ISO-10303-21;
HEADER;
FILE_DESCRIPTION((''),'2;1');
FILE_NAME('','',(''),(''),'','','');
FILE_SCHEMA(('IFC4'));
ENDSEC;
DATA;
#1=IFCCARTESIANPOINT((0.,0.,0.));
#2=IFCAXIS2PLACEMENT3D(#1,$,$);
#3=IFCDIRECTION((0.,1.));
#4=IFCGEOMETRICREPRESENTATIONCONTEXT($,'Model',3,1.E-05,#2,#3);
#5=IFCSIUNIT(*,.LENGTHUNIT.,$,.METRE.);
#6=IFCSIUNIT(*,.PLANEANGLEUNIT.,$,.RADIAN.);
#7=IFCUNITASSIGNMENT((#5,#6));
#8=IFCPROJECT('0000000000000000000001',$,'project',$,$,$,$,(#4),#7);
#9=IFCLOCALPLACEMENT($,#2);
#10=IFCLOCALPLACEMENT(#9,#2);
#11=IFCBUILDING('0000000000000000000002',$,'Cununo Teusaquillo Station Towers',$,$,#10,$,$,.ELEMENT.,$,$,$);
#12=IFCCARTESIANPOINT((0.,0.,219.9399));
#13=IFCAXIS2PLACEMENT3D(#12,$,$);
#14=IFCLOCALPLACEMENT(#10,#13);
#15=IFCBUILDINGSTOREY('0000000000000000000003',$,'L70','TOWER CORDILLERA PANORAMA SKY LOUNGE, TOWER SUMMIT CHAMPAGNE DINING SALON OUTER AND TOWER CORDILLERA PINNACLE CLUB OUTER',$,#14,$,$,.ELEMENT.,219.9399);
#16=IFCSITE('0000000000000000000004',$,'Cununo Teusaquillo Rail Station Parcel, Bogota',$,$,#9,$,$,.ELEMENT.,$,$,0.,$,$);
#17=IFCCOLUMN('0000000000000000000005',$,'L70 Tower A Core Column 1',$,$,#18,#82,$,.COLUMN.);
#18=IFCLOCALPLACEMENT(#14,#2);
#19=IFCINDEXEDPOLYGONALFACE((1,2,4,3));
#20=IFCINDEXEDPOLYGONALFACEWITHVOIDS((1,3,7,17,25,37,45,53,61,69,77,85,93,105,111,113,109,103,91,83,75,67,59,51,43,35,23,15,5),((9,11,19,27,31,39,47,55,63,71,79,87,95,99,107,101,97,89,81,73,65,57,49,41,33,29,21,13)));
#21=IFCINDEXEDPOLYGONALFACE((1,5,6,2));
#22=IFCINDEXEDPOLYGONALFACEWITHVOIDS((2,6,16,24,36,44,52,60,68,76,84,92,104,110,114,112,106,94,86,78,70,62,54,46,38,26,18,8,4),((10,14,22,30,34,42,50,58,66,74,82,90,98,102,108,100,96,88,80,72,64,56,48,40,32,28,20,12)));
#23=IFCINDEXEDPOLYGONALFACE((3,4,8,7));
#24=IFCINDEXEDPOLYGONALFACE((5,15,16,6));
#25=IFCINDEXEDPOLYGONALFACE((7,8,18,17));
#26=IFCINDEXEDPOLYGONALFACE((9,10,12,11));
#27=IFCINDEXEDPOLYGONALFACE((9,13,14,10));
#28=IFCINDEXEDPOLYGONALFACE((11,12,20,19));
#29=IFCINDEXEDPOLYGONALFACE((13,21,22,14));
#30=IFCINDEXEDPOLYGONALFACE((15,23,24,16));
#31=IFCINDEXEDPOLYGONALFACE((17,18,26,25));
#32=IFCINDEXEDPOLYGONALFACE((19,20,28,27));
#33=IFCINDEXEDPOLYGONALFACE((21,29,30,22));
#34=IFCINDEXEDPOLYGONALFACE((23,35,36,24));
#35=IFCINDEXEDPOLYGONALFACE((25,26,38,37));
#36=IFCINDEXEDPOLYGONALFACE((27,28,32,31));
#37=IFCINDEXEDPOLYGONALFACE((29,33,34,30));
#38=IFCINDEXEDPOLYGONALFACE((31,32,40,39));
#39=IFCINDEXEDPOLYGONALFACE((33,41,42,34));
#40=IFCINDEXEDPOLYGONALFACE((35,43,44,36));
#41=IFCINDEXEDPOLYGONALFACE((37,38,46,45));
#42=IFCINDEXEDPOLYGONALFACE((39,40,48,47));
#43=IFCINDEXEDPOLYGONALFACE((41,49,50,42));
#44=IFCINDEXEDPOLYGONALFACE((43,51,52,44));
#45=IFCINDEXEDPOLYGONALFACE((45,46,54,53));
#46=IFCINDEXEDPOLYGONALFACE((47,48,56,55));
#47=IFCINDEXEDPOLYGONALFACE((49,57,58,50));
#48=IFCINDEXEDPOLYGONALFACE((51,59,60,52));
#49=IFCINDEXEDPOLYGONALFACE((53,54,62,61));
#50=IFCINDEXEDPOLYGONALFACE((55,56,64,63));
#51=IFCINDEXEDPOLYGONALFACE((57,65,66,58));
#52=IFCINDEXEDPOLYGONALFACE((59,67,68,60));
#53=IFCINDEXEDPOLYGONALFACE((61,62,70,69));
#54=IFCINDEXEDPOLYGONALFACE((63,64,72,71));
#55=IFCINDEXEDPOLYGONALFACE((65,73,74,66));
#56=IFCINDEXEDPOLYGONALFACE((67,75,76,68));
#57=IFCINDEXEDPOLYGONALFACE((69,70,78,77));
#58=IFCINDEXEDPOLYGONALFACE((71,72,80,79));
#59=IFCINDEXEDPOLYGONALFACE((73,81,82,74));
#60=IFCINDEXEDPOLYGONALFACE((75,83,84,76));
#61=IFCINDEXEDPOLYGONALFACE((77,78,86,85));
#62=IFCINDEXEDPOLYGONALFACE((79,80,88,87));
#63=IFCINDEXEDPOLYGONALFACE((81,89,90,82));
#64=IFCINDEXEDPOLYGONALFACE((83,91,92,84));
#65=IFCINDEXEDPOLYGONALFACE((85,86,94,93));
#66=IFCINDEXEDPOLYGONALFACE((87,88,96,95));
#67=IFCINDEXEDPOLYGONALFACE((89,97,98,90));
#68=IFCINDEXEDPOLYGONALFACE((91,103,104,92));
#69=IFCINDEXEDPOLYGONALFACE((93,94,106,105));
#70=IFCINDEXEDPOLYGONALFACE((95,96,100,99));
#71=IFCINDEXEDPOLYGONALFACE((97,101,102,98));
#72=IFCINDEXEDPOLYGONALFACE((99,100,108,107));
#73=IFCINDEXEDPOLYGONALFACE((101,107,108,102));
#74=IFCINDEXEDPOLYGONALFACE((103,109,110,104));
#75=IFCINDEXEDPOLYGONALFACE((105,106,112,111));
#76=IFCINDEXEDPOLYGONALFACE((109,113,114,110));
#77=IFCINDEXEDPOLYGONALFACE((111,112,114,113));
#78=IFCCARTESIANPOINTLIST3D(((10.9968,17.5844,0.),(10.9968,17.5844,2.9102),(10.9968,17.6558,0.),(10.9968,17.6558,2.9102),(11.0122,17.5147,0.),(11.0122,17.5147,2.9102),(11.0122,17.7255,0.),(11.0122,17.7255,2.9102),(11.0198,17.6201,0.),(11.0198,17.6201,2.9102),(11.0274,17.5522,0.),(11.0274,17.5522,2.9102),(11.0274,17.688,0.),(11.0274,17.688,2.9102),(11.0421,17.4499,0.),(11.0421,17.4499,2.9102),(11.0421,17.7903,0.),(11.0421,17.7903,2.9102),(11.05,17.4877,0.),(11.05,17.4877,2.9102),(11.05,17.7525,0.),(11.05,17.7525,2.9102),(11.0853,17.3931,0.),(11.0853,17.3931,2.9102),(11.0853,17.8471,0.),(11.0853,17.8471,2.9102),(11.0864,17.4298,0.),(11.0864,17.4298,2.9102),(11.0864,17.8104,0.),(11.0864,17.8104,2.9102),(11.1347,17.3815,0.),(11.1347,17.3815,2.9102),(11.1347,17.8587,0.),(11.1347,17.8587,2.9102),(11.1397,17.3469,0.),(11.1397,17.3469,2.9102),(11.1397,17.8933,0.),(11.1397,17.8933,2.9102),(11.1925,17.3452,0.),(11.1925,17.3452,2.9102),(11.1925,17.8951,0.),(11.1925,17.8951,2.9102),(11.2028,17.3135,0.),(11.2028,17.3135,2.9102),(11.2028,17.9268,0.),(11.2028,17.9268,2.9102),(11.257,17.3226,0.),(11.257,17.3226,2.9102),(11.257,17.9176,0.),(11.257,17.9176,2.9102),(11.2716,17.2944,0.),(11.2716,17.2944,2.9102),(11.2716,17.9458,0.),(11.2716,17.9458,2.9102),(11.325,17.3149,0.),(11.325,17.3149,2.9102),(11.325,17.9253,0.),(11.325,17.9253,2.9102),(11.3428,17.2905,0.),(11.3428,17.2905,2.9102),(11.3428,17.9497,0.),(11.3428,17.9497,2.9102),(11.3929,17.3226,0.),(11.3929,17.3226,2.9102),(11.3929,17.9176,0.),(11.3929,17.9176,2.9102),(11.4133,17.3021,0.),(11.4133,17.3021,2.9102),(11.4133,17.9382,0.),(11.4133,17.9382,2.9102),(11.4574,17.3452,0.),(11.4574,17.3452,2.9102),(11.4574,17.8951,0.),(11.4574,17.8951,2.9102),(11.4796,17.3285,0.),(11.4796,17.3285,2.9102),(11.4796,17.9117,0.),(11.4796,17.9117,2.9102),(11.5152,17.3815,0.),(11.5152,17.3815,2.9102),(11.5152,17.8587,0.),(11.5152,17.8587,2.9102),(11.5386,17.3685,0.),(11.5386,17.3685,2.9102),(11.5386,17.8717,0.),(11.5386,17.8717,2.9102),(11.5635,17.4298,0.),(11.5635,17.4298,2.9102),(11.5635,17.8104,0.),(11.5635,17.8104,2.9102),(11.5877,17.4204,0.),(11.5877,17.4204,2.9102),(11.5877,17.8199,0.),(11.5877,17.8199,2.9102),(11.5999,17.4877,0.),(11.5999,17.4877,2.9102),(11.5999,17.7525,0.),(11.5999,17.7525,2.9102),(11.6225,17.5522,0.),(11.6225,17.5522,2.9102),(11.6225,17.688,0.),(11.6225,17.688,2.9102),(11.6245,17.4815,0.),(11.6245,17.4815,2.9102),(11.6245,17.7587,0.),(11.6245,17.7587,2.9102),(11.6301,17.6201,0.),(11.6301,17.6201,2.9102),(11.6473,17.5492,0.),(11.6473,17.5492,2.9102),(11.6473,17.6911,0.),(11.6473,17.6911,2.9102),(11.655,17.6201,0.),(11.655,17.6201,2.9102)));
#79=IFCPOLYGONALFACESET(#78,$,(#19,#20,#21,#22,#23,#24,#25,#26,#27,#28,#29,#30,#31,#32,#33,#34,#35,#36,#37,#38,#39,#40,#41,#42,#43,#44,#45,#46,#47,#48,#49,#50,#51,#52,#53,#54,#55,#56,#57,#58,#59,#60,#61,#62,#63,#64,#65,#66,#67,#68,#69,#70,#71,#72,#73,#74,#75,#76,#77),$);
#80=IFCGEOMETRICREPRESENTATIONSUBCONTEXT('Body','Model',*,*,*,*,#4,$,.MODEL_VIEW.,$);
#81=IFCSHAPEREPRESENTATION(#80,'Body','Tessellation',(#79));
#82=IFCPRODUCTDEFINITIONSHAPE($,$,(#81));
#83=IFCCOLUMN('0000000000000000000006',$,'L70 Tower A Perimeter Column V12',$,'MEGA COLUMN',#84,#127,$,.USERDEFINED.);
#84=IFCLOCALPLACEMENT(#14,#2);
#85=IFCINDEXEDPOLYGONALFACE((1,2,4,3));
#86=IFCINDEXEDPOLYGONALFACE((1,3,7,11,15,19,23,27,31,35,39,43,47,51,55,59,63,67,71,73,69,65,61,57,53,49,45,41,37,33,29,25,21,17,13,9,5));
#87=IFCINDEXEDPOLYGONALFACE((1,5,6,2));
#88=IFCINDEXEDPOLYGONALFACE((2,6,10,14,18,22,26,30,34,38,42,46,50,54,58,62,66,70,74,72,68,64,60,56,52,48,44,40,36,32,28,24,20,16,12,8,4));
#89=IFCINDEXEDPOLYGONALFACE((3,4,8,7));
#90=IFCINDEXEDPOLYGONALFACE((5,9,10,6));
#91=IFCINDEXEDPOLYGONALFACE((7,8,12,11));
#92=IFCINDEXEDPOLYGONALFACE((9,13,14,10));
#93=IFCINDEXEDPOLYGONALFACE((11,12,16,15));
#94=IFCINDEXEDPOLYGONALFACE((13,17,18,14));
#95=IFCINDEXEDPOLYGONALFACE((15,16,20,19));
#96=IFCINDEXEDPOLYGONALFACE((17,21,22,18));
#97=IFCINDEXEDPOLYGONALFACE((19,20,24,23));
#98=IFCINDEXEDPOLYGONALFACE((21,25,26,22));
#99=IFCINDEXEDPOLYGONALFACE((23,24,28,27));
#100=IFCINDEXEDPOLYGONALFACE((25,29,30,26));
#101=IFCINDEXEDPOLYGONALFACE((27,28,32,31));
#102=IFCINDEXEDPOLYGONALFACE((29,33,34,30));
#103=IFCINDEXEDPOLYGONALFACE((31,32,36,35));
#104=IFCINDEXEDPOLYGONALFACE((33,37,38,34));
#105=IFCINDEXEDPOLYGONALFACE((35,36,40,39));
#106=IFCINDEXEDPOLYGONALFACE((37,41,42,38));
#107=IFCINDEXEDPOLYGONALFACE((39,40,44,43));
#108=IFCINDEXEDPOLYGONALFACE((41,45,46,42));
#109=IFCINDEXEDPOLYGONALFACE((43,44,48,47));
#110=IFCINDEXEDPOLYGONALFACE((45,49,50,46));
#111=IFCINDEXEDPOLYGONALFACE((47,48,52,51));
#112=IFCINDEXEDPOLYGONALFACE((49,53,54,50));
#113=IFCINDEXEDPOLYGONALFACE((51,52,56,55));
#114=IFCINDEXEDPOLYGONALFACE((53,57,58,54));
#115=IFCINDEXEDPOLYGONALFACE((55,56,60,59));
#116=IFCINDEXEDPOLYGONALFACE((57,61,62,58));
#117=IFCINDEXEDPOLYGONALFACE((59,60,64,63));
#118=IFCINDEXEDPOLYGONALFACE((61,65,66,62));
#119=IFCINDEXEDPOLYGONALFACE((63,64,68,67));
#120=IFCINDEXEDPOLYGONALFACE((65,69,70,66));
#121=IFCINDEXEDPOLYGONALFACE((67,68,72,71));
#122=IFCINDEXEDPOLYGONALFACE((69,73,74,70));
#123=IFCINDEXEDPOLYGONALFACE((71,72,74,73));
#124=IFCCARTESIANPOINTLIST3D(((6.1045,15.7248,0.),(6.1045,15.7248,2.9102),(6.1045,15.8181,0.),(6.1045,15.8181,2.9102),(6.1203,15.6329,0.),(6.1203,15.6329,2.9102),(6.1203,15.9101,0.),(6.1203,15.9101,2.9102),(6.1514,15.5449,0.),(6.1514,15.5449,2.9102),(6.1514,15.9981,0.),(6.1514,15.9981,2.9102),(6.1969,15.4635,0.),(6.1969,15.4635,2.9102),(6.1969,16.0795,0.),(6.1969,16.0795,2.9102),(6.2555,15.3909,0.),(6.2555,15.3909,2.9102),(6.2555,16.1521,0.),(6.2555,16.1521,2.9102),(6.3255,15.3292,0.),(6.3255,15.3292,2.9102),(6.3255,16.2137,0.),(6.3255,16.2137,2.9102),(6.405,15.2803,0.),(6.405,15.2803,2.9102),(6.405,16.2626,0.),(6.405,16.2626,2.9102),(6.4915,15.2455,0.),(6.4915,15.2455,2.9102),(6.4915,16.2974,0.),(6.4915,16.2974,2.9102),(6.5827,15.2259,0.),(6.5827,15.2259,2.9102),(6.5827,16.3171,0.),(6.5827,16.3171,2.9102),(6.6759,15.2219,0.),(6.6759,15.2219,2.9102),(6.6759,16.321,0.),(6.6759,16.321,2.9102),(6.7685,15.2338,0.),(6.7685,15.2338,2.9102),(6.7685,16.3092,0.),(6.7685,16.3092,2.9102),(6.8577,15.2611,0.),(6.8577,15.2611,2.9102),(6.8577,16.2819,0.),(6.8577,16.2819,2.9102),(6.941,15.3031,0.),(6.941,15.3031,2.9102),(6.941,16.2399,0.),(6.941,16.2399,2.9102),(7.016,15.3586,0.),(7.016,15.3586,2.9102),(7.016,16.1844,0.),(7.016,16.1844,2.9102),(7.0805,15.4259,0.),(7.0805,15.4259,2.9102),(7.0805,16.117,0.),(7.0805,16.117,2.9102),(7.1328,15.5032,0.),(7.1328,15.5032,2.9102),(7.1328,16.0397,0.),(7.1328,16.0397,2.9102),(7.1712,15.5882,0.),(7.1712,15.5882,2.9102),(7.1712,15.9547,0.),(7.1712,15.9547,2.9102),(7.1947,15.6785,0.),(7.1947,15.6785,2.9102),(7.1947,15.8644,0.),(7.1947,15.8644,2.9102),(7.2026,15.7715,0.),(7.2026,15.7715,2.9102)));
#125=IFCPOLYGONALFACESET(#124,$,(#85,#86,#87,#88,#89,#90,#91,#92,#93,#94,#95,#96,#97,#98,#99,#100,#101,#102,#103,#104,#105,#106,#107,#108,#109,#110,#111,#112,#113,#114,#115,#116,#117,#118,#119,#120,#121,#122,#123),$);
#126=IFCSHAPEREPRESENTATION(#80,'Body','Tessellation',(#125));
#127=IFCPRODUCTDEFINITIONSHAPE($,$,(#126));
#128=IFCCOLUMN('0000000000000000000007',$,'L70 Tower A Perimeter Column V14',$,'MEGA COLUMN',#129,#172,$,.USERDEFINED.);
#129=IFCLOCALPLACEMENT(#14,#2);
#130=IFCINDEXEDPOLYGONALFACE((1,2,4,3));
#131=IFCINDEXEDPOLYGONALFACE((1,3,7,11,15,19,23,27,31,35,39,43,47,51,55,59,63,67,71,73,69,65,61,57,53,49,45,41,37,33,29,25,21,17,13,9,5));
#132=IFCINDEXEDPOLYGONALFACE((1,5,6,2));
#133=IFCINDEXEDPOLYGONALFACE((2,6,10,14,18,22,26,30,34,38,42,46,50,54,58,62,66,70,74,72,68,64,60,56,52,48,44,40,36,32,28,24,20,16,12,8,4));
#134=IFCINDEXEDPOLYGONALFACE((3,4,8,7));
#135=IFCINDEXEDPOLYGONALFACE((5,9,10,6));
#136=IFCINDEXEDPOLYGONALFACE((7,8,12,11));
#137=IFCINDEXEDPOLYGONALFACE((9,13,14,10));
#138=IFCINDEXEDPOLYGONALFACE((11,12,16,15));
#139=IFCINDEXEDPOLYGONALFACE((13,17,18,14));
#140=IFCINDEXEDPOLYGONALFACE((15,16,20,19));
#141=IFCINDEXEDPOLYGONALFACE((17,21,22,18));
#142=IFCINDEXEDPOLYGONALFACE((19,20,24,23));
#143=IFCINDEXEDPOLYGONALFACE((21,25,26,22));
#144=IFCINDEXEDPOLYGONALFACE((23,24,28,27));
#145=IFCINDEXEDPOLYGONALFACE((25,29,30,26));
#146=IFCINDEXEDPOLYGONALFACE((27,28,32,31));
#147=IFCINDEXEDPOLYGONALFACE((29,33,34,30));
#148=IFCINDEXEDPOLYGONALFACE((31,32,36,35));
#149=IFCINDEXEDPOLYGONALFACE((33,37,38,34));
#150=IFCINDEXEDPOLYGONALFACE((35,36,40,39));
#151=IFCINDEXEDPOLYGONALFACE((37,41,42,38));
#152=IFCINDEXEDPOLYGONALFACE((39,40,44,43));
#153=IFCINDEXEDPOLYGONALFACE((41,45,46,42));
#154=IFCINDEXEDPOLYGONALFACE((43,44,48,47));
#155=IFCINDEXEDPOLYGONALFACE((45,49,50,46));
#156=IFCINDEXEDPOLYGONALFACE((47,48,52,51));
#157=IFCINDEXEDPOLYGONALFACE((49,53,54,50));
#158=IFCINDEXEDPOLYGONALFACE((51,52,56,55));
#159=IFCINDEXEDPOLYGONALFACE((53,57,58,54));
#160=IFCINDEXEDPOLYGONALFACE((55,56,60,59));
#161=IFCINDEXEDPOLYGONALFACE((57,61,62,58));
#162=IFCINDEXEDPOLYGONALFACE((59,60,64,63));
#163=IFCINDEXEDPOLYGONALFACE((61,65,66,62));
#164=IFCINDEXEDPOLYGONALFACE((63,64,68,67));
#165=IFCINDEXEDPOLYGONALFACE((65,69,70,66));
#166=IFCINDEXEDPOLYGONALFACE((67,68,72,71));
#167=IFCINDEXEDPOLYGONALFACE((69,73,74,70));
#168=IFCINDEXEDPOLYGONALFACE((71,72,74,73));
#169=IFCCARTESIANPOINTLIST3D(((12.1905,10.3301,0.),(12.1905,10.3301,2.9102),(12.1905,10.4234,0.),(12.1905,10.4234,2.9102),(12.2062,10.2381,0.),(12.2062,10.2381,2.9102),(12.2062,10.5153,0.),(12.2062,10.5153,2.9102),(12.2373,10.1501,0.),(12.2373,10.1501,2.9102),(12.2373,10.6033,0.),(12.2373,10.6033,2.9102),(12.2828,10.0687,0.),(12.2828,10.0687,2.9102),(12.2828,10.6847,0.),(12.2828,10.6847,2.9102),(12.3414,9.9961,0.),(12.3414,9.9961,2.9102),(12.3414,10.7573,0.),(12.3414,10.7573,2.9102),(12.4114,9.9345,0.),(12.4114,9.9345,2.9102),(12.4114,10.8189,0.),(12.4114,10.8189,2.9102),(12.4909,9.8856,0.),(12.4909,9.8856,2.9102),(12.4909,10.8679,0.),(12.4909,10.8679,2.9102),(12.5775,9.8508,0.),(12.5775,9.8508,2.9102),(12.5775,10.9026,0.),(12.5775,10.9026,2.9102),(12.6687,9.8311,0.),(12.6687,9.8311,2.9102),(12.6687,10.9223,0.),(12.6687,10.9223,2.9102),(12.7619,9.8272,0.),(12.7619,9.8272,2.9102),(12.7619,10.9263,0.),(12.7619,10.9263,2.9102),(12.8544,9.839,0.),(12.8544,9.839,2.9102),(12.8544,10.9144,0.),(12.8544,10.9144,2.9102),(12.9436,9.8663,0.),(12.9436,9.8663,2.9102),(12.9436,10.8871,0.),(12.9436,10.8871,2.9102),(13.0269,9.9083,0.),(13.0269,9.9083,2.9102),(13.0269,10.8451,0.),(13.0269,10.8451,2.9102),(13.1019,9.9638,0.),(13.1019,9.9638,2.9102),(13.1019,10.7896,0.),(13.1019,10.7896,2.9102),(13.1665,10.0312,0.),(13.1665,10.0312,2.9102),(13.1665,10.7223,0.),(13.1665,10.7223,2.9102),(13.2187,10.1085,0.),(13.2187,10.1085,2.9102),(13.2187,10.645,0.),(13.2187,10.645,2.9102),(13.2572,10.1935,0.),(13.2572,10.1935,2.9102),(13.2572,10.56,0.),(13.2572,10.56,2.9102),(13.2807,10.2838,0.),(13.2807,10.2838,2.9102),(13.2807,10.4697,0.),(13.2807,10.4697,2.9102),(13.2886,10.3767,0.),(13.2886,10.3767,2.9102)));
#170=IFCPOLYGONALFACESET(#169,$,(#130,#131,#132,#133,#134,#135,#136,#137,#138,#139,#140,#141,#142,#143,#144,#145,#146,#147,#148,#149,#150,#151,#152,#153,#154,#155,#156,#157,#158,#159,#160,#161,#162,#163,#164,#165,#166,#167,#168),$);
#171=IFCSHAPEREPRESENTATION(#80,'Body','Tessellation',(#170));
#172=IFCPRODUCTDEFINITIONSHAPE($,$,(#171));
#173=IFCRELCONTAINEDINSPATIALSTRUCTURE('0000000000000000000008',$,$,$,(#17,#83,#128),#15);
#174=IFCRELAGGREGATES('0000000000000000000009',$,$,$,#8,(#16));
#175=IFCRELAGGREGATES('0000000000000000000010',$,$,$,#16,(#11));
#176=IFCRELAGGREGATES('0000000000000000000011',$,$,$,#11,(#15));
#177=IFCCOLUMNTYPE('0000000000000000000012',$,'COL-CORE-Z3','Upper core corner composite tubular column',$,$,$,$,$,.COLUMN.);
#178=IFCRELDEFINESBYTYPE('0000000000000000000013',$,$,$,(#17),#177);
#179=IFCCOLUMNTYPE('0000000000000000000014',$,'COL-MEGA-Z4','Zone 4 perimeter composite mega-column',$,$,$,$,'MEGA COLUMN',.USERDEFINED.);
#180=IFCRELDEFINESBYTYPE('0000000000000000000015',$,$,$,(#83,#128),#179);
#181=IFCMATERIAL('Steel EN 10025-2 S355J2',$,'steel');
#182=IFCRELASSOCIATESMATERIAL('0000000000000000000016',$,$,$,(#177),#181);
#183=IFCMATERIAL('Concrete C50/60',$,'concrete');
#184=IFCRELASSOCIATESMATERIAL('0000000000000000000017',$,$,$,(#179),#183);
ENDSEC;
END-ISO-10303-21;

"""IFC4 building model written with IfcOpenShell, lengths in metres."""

from ifc_helpers import new_model, si_unit, direction, frame, origin, origin_2d, place, context, subcontext, project, spatial, circle, hollow_circle, extrude, material, material_profile, profile_set, type_object, element, save


model = new_model("IFC4")

# Units and contexts
model_context = context("Model", 3, precision=1e-05, world=origin(), true_north=direction((0.0, 1.0)))
body_context = subcontext(model_context, "Body", "Model", "MODEL_VIEW")
ifc_project = project(units=[si_unit("LENGTHUNIT", "METRE"), si_unit("PLANEANGLEUNIT", "RADIAN")], contexts=[model_context])

# Site, building, storey
site_placement = place(None, origin())
site = spatial("IfcSite", under=ifc_project, at=site_placement, Name="Cununo Teusaquillo Rail Station Parcel, Bogota", CompositionType="ELEMENT", RefElevation=0.0)
building_placement = place(site_placement, origin())
building = spatial("IfcBuilding", under=site, at=building_placement, Name="Cununo Teusaquillo Station Towers", CompositionType="ELEMENT")
storey_placement = place(building_placement, frame((0.0, 0.0, 219.9399)))
storey = spatial("IfcBuildingStorey", under=building, at=storey_placement, Name="L70", Description="TOWER CORDILLERA PANORAMA SKY LOUNGE, TOWER SUMMIT CHAMPAGNE DINING SALON OUTER AND TOWER CORDILLERA PINNACLE CLUB OUTER", CompositionType="ELEMENT", Elevation=219.9399)

# Columns
ifc_material_1 = material(Name="Steel EN 10025-2 S355J2", Category="steel")
ifc_material_profile_1 = material_profile(ifc_material_1, hollow_circle(Radius=0.3301, WallThickness=0.0249, at=origin_2d()), Name="CHS 660x25")
ifc_profile_set_1 = profile_set([ifc_material_profile_1], Name="Steel EN 10025-2 S355J2")
column_type_1 = type_object("IfcColumnType", Name="COL-CORE-Z3", Description="Upper core corner composite tubular column", PredefinedType="COLUMN", material=ifc_profile_set_1)
column_placement = place(storey_placement, frame((11.325, 17.6201, 0.0), z_axis=(0.0, 0.0, 1.0), x_axis=(1.0, 0.0, 0.0)))
element("IfcColumn", 1, at=column_placement, inside=storey, type_object=column_type_1, Name="L70 Tower A Core Column 1", PredefinedType="COLUMN", context=body_context, shape_type="SweptSolid", body=[
    extrude(hollow_circle(Radius=0.3301, WallThickness=0.0249, at=origin_2d()), origin(), (0.0, 0.0, 1.0), 2.9102),
])
ifc_material_2 = material(Name="Concrete C50/60", Category="concrete")
ifc_material_profile_2 = material_profile(ifc_material_2, circle(Radius=0.55, at=origin_2d()), Name="RC-CIRC-1100")
ifc_profile_set_2 = profile_set([ifc_material_profile_2], Name="Concrete C50/60")
column_type_2 = type_object("IfcColumnType", Name="COL-MEGA-Z4", Description="Zone 4 perimeter composite mega-column", ElementType="MEGA COLUMN", PredefinedType="USERDEFINED", material=ifc_profile_set_2)
for number, where, z_axis, x_axis, name in (
    (2, (6.6526, 15.7715, 0.0), (0.0, 0.0, 1.0), (1.0, 0.0, 0.0), "L70 Tower A Perimeter Column V12"),
    (3, (12.7385, 10.3767, 0.0), (0.0, 0.0, 1.0), (1.0, 0.0, 0.0), "L70 Tower A Perimeter Column V14"),
):
    element("IfcColumn", number, at=place(storey_placement, frame(where, z_axis=z_axis, x_axis=x_axis)), inside=storey, type_object=column_type_2, Name=name, ObjectType="MEGA COLUMN", PredefinedType="USERDEFINED", context=body_context, shape_type="SweptSolid", body=[
        extrude(circle(Radius=0.55, at=origin_2d()), origin(), (0.0, 0.0, 1.0), 2.9102),
    ])

save(model, "model.ifc")
